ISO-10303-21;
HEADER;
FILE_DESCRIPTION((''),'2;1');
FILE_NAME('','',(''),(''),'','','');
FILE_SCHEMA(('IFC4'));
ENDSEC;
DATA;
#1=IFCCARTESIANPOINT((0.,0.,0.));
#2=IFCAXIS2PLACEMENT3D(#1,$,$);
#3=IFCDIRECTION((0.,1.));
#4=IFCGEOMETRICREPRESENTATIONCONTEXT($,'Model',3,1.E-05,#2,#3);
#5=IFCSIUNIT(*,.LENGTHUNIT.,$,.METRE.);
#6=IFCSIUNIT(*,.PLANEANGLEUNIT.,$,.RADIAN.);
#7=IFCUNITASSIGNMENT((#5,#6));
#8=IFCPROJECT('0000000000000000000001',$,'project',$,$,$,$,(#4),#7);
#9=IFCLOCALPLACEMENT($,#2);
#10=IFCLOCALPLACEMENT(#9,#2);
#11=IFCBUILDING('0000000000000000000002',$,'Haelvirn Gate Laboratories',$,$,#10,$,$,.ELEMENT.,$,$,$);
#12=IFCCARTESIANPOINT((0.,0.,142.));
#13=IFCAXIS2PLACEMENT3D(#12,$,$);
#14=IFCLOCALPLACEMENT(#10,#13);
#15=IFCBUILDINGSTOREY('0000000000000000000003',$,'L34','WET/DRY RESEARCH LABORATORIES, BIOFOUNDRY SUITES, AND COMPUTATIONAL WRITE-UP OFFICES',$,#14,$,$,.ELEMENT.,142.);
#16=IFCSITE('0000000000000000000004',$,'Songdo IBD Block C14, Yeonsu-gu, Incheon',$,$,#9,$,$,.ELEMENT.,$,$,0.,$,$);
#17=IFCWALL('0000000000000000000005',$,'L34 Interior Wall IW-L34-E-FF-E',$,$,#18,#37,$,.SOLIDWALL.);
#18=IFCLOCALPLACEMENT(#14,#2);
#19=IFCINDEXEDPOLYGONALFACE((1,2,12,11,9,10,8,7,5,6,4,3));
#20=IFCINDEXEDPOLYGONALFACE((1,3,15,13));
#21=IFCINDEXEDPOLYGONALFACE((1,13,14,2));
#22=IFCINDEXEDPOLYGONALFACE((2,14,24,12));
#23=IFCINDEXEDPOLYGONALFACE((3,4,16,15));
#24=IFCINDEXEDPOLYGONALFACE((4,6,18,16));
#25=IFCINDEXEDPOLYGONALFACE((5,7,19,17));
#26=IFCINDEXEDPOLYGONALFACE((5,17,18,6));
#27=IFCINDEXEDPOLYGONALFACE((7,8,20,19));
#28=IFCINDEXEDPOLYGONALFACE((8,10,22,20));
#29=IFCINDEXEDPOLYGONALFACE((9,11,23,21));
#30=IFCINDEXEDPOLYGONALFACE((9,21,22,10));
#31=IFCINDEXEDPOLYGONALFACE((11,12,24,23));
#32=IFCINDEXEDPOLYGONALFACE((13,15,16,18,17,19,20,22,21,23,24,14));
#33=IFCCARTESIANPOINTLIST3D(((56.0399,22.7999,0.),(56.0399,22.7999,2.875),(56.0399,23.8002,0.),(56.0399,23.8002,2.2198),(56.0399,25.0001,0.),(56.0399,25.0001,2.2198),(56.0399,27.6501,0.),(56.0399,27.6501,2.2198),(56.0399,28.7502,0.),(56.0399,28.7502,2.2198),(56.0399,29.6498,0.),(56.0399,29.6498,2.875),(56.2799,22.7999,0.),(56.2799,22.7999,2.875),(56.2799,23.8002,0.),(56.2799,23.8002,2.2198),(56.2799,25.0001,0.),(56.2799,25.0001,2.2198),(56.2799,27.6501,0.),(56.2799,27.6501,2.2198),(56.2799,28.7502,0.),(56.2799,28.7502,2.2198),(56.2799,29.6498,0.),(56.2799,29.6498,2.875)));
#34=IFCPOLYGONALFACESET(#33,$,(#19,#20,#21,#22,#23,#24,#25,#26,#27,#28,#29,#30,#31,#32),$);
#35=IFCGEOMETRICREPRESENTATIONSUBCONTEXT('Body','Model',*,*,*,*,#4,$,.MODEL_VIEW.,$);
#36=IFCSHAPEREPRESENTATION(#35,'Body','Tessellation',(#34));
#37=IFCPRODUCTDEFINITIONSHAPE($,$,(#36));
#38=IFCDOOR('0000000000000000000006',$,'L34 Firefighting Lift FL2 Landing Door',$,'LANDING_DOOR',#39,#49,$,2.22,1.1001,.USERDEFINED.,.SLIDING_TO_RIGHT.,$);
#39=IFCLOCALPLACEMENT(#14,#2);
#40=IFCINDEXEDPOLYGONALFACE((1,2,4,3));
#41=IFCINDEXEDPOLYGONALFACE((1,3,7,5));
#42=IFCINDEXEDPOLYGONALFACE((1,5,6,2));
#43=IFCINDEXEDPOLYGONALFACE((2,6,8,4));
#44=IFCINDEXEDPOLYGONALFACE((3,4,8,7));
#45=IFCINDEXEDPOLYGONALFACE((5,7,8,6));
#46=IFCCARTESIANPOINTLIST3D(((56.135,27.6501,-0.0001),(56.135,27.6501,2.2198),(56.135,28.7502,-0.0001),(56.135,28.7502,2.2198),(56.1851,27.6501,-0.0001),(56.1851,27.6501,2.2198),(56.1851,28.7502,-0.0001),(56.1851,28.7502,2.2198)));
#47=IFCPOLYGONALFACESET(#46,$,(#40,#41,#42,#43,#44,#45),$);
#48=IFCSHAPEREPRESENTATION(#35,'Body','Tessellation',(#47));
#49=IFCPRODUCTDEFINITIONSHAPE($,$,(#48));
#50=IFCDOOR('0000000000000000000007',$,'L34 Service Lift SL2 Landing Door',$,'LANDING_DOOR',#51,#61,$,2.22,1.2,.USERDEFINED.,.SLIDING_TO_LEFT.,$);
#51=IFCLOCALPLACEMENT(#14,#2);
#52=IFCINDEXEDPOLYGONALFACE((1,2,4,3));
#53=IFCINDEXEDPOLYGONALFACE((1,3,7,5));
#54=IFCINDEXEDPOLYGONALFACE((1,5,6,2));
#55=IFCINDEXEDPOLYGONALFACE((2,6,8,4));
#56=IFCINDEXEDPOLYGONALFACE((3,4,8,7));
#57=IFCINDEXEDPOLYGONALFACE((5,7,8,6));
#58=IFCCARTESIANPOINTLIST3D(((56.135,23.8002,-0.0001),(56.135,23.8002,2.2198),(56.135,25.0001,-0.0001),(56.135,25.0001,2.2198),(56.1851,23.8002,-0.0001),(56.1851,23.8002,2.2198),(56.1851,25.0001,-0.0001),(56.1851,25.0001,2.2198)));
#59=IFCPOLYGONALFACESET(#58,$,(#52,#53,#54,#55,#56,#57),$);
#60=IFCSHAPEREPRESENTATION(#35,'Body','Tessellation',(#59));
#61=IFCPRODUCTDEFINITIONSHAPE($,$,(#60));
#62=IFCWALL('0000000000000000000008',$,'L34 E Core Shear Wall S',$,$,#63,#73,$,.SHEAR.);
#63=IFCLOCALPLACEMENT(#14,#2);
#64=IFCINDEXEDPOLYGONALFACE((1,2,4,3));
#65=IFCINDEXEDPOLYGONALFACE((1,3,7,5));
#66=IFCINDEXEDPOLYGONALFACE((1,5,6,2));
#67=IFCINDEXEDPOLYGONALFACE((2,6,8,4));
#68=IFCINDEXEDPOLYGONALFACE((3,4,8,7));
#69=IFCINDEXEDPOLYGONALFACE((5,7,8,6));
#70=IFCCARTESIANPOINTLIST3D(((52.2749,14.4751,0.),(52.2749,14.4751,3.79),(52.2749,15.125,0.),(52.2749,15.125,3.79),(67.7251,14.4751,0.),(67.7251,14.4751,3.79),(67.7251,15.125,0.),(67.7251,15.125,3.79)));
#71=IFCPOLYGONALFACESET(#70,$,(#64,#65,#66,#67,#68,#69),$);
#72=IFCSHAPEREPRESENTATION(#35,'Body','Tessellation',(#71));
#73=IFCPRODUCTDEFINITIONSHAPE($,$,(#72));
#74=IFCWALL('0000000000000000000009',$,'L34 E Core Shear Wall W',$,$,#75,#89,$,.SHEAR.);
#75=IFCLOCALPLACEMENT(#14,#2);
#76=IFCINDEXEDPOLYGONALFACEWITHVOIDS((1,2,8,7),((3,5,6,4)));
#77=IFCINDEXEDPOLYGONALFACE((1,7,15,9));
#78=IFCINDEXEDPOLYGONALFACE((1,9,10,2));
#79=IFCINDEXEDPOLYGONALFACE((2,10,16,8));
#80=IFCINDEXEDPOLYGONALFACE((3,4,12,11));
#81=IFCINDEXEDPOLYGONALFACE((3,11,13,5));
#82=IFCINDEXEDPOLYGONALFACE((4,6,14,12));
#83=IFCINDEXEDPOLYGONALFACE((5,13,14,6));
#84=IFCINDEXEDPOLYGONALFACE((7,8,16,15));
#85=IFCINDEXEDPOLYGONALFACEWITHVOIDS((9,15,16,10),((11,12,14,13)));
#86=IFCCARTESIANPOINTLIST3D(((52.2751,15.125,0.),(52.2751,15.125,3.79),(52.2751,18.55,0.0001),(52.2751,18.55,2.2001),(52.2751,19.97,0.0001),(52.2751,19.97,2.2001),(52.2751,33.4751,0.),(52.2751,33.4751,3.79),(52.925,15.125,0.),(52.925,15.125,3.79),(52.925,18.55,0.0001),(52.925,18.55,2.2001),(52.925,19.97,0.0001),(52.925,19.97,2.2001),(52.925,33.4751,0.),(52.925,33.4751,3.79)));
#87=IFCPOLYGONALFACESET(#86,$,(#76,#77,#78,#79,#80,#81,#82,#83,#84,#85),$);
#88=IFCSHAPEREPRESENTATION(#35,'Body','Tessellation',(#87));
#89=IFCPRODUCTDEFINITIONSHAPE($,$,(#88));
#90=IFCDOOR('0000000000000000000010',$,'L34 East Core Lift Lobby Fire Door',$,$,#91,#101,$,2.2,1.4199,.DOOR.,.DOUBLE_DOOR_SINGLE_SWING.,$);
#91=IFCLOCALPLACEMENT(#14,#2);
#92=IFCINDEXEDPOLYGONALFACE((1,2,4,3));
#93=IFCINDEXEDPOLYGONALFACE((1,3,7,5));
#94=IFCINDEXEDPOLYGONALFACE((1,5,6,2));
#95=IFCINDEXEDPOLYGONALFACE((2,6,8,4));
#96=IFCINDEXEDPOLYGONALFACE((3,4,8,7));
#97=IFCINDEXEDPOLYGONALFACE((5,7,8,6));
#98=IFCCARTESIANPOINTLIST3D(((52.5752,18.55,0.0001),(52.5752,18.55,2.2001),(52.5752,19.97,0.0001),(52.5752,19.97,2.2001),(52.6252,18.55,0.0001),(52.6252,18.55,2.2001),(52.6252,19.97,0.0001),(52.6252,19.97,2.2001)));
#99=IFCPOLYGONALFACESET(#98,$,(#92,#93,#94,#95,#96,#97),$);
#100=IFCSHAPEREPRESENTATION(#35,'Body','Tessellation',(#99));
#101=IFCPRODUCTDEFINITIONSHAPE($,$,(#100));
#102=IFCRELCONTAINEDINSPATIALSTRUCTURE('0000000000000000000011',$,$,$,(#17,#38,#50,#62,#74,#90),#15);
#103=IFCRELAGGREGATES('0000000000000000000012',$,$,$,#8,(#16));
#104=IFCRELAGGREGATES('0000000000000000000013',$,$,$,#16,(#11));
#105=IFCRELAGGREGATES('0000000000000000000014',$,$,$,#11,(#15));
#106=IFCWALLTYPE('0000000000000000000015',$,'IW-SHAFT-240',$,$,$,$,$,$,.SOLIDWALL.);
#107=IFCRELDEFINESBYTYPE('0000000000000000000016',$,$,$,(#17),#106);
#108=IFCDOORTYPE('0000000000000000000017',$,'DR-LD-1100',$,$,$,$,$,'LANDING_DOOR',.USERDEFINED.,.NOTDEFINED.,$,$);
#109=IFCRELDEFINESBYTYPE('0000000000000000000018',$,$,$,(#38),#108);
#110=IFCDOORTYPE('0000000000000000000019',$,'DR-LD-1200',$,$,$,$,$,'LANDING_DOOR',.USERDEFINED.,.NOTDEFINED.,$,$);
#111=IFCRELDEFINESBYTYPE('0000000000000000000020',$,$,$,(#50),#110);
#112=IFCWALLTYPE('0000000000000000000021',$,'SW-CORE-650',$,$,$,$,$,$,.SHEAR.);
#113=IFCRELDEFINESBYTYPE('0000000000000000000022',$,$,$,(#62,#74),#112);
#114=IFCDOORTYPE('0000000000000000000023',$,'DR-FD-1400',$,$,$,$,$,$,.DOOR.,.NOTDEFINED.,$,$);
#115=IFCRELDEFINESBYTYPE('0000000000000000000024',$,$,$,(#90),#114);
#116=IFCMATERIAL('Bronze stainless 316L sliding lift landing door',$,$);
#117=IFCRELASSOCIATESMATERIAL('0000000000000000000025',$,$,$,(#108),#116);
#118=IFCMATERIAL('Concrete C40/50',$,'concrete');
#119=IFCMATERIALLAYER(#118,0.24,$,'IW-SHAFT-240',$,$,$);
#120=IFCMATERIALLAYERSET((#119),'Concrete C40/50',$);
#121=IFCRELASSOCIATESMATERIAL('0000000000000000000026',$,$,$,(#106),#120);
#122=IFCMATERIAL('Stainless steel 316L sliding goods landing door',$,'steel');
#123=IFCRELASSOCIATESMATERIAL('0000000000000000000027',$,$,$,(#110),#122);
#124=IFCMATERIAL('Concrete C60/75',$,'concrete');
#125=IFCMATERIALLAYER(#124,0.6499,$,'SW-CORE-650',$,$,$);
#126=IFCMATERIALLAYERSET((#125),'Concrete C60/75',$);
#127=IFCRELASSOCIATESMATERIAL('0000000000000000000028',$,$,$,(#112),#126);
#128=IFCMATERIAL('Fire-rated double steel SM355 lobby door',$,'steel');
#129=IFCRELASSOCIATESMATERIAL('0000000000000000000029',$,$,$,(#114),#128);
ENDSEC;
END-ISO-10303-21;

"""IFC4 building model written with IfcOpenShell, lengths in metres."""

from ifc_helpers import new_model, si_unit, direction, frame, frame_2d, origin, place, context, subcontext, project, spatial, rectangle, extrude, source, transform, mapped, material, layer, layer_set, type_object, type_shapes, element, fill, save


model = new_model("IFC4")

# Units and contexts
model_context = context("Model", 3, precision=1e-05, world=origin(), true_north=direction((0.0, 1.0)))
body_context = subcontext(model_context, "Body", "Model", "MODEL_VIEW")
ifc_project = project(units=[si_unit("LENGTHUNIT", "METRE"), si_unit("PLANEANGLEUNIT", "RADIAN")], contexts=[model_context])

# Site, building, storey
site_placement = place(None, origin())
site = spatial("IfcSite", under=ifc_project, at=site_placement, Name="Songdo IBD Block C14, Yeonsu-gu, Incheon", CompositionType="ELEMENT", RefElevation=0.0)
building_placement = place(site_placement, origin())
building = spatial("IfcBuilding", under=site, at=building_placement, Name="Haelvirn Gate Laboratories", CompositionType="ELEMENT")
storey_placement = place(building_placement, frame((0.0, 0.0, 142.0)))
storey = spatial("IfcBuildingStorey", under=building, at=storey_placement, Name="L34", Description="WET/DRY RESEARCH LABORATORIES, BIOFOUNDRY SUITES, AND COMPUTATIONAL WRITE-UP OFFICES", CompositionType="ELEMENT", Elevation=142.0)

# Shared definitions
ifc_material_1 = material(Name="Concrete C60/75", Category="concrete")

# Shared definitions
ifc_material_2 = material(Name="Concrete C40/50", Category="concrete")

# Shared definitions
ifc_material_3 = material(Name="Bronze stainless 316L sliding lift landing door")
door_type_1 = type_object("IfcDoorType", Name="DR-LD-1100", ElementType="LANDING_DOOR", OperationType="NOTDEFINED", PredefinedType="USERDEFINED", material=ifc_material_3)
shared_shape_1 = source(origin(), body_context, "Body", "SweptSolid", [
    extrude(rectangle(XDim=1.1001, YDim=2.22, at=frame_2d((0.55, 1.1099))), frame((0.0, 0.0249, 0.0), z_axis=(0.0, -1.0, 0.0), x_axis=(1.0, 0.0, 0.0)), (0.0, 0.0, 1.0), 0.05),
])
type_shapes(door_type_1, [shared_shape_1])

# Wall, openings, doors
ifc_layer_1 = layer(ifc_material_2, 0.24, Name="IW-SHAFT-240")
ifc_layer_set_1 = layer_set([ifc_layer_1], Name="Concrete C40/50")
wall_type_1 = type_object("IfcWallType", Name="IW-SHAFT-240", PredefinedType="SOLIDWALL", material=ifc_layer_set_1)
wall_1_placement = place(storey_placement, frame((56.1599, 22.8, 0.0), z_axis=(0.0, 0.0, 1.0), x_axis=(0.0, 1.0, 0.0)))
wall_1 = element("IfcWall", 1, at=wall_1_placement, inside=storey, type_object=wall_type_1, Name="L34 Interior Wall IW-L34-E-FF-E", PredefinedType="SOLIDWALL", context=body_context, shape_type="SweptSolid", body=[
    extrude(rectangle(XDim=6.8499, YDim=0.24, at=frame_2d((3.4248, 0.0))), origin(), (0.0, 0.0, 1.0), 2.875),
])
opening_1_placement = place(wall_1_placement, frame((4.8501, 0.0, 0.0)))
opening_1 = element("IfcOpeningElement", 2, at=opening_1_placement, cuts=wall_1, PredefinedType="OPENING", context=body_context, shape_type="SweptSolid", body=[
    extrude(rectangle(XDim=1.1001, YDim=2.22, at=frame_2d((0.55, 1.1099))), frame((0.0, 0.1299, 0.0), z_axis=(0.0, -1.0, 0.0), x_axis=(1.0, 0.0, 0.0)), (0.0, 0.0, 1.0), 0.26),
])
opening_2_placement = place(wall_1_placement, frame((1.0, 0.0, 0.0)))
opening_2 = element("IfcOpeningElement", 3, at=opening_2_placement, cuts=wall_1, PredefinedType="OPENING", context=body_context, shape_type="SweptSolid", body=[
    extrude(rectangle(XDim=1.2, YDim=2.22, at=frame_2d((0.6001, 1.1099))), frame((0.0, 0.1299, 0.0), z_axis=(0.0, -1.0, 0.0), x_axis=(1.0, 0.0, 0.0)), (0.0, 0.0, 1.0), 0.26),
])
door_1_placement = place(opening_1_placement, origin())
door_1 = element("IfcDoor", 4, at=door_1_placement, inside=storey, type_object=door_type_1, Name="L34 Firefighting Lift FL2 Landing Door", ObjectType="LANDING_DOOR", OperationType="SLIDING_TO_RIGHT", OverallHeight=2.22, OverallWidth=1.1001, PredefinedType="USERDEFINED", context=body_context, shape_type="MappedRepresentation", body=[
    mapped(shared_shape_1, transform((0.0, 0.0, 0.0), scale=1.0)),
])
fill(opening_1, door_1)
ifc_material_4 = material(Name="Stainless steel 316L sliding goods landing door", Category="steel")
door_type_2 = type_object("IfcDoorType", Name="DR-LD-1200", ElementType="LANDING_DOOR", OperationType="NOTDEFINED", PredefinedType="USERDEFINED", material=ifc_material_4)
shared_shape_2 = source(origin(), body_context, "Body", "SweptSolid", [
    extrude(rectangle(XDim=1.2, YDim=2.22, at=frame_2d((0.6001, 1.1099))), frame((0.0, 0.0249, 0.0), z_axis=(0.0, -1.0, 0.0), x_axis=(1.0, 0.0, 0.0)), (0.0, 0.0, 1.0), 0.05),
])
type_shapes(door_type_2, [shared_shape_2])
door_2_placement = place(opening_2_placement, origin())
door_2 = element("IfcDoor", 5, at=door_2_placement, inside=storey, type_object=door_type_2, Name="L34 Service Lift SL2 Landing Door", ObjectType="LANDING_DOOR", OperationType="SLIDING_TO_LEFT", OverallHeight=2.22, OverallWidth=1.2, PredefinedType="USERDEFINED", context=body_context, shape_type="MappedRepresentation", body=[
    mapped(shared_shape_2, transform((0.0, 0.0, 0.0), scale=1.0)),
])
fill(opening_2, door_2)

# Wall
ifc_layer_2 = layer(ifc_material_1, 0.6499, Name="SW-CORE-650")
ifc_layer_set_2 = layer_set([ifc_layer_2], Name="Concrete C60/75")
wall_type_2 = type_object("IfcWallType", Name="SW-CORE-650", PredefinedType="SHEAR", material=ifc_layer_set_2)
wall_2_placement = place(storey_placement, frame((52.2749, 14.8, 0.0), z_axis=(0.0, 0.0, 1.0), x_axis=(1.0, 0.0, 0.0)))
element("IfcWall", 6, at=wall_2_placement, inside=storey, type_object=wall_type_2, Name="L34 E Core Shear Wall S", PredefinedType="SHEAR", context=body_context, shape_type="SweptSolid", body=[
    extrude(rectangle(XDim=15.4502, YDim=0.6499, at=frame_2d((7.7251, 0.0))), origin(), (0.0, 0.0, 1.0), 3.79),
])

# Wall, opening, door
wall_3_placement = place(storey_placement, frame((52.6001, 15.125, 0.0), z_axis=(0.0, 0.0, 1.0), x_axis=(0.0, 1.0, 0.0)))
wall_3 = element("IfcWall", 7, at=wall_3_placement, inside=storey, type_object=wall_type_2, Name="L34 E Core Shear Wall W", PredefinedType="SHEAR", context=body_context, shape_type="SweptSolid", body=[
    extrude(rectangle(XDim=18.3501, YDim=0.6499, at=frame_2d((9.175, 0.0))), origin(), (0.0, 0.0, 1.0), 3.79),
])
opening_3_placement = place(wall_3_placement, frame((3.425, 0.0, 0.0)))
opening_3 = element("IfcOpeningElement", 8, at=opening_3_placement, cuts=wall_3, PredefinedType="OPENING", context=body_context, shape_type="SweptSolid", body=[
    extrude(rectangle(XDim=1.4199, YDim=2.2, at=frame_2d((0.71, 1.1001))), frame((0.0, 0.335, 0.0), z_axis=(0.0, -1.0, 0.0), x_axis=(1.0, 0.0, 0.0)), (0.0, 0.0, 1.0), 0.6699),
])
ifc_material_5 = material(Name="Fire-rated double steel SM355 lobby door", Category="steel")
door_type_3 = type_object("IfcDoorType", Name="DR-FD-1400", OperationType="NOTDEFINED", PredefinedType="DOOR", material=ifc_material_5)
shared_shape_3 = source(origin(), body_context, "Body", "SweptSolid", [
    extrude(rectangle(XDim=1.4199, YDim=2.2, at=frame_2d((0.71, 1.1001))), frame((0.0, 0.0249, 0.0), z_axis=(0.0, -1.0, 0.0), x_axis=(1.0, 0.0, 0.0)), (0.0, 0.0, 1.0), 0.05),
])
type_shapes(door_type_3, [shared_shape_3])
door_3_placement = place(opening_3_placement, origin())
door_3 = element("IfcDoor", 9, at=door_3_placement, inside=storey, type_object=door_type_3, Name="L34 East Core Lift Lobby Fire Door", OperationType="DOUBLE_DOOR_SINGLE_SWING", OverallHeight=2.2, OverallWidth=1.4199, PredefinedType="DOOR", context=body_context, shape_type="MappedRepresentation", body=[
    mapped(shared_shape_3, transform((0.0, 0.0, 0.0), scale=1.0)),
])
fill(opening_3, door_3)

save(model, "model.ifc")
